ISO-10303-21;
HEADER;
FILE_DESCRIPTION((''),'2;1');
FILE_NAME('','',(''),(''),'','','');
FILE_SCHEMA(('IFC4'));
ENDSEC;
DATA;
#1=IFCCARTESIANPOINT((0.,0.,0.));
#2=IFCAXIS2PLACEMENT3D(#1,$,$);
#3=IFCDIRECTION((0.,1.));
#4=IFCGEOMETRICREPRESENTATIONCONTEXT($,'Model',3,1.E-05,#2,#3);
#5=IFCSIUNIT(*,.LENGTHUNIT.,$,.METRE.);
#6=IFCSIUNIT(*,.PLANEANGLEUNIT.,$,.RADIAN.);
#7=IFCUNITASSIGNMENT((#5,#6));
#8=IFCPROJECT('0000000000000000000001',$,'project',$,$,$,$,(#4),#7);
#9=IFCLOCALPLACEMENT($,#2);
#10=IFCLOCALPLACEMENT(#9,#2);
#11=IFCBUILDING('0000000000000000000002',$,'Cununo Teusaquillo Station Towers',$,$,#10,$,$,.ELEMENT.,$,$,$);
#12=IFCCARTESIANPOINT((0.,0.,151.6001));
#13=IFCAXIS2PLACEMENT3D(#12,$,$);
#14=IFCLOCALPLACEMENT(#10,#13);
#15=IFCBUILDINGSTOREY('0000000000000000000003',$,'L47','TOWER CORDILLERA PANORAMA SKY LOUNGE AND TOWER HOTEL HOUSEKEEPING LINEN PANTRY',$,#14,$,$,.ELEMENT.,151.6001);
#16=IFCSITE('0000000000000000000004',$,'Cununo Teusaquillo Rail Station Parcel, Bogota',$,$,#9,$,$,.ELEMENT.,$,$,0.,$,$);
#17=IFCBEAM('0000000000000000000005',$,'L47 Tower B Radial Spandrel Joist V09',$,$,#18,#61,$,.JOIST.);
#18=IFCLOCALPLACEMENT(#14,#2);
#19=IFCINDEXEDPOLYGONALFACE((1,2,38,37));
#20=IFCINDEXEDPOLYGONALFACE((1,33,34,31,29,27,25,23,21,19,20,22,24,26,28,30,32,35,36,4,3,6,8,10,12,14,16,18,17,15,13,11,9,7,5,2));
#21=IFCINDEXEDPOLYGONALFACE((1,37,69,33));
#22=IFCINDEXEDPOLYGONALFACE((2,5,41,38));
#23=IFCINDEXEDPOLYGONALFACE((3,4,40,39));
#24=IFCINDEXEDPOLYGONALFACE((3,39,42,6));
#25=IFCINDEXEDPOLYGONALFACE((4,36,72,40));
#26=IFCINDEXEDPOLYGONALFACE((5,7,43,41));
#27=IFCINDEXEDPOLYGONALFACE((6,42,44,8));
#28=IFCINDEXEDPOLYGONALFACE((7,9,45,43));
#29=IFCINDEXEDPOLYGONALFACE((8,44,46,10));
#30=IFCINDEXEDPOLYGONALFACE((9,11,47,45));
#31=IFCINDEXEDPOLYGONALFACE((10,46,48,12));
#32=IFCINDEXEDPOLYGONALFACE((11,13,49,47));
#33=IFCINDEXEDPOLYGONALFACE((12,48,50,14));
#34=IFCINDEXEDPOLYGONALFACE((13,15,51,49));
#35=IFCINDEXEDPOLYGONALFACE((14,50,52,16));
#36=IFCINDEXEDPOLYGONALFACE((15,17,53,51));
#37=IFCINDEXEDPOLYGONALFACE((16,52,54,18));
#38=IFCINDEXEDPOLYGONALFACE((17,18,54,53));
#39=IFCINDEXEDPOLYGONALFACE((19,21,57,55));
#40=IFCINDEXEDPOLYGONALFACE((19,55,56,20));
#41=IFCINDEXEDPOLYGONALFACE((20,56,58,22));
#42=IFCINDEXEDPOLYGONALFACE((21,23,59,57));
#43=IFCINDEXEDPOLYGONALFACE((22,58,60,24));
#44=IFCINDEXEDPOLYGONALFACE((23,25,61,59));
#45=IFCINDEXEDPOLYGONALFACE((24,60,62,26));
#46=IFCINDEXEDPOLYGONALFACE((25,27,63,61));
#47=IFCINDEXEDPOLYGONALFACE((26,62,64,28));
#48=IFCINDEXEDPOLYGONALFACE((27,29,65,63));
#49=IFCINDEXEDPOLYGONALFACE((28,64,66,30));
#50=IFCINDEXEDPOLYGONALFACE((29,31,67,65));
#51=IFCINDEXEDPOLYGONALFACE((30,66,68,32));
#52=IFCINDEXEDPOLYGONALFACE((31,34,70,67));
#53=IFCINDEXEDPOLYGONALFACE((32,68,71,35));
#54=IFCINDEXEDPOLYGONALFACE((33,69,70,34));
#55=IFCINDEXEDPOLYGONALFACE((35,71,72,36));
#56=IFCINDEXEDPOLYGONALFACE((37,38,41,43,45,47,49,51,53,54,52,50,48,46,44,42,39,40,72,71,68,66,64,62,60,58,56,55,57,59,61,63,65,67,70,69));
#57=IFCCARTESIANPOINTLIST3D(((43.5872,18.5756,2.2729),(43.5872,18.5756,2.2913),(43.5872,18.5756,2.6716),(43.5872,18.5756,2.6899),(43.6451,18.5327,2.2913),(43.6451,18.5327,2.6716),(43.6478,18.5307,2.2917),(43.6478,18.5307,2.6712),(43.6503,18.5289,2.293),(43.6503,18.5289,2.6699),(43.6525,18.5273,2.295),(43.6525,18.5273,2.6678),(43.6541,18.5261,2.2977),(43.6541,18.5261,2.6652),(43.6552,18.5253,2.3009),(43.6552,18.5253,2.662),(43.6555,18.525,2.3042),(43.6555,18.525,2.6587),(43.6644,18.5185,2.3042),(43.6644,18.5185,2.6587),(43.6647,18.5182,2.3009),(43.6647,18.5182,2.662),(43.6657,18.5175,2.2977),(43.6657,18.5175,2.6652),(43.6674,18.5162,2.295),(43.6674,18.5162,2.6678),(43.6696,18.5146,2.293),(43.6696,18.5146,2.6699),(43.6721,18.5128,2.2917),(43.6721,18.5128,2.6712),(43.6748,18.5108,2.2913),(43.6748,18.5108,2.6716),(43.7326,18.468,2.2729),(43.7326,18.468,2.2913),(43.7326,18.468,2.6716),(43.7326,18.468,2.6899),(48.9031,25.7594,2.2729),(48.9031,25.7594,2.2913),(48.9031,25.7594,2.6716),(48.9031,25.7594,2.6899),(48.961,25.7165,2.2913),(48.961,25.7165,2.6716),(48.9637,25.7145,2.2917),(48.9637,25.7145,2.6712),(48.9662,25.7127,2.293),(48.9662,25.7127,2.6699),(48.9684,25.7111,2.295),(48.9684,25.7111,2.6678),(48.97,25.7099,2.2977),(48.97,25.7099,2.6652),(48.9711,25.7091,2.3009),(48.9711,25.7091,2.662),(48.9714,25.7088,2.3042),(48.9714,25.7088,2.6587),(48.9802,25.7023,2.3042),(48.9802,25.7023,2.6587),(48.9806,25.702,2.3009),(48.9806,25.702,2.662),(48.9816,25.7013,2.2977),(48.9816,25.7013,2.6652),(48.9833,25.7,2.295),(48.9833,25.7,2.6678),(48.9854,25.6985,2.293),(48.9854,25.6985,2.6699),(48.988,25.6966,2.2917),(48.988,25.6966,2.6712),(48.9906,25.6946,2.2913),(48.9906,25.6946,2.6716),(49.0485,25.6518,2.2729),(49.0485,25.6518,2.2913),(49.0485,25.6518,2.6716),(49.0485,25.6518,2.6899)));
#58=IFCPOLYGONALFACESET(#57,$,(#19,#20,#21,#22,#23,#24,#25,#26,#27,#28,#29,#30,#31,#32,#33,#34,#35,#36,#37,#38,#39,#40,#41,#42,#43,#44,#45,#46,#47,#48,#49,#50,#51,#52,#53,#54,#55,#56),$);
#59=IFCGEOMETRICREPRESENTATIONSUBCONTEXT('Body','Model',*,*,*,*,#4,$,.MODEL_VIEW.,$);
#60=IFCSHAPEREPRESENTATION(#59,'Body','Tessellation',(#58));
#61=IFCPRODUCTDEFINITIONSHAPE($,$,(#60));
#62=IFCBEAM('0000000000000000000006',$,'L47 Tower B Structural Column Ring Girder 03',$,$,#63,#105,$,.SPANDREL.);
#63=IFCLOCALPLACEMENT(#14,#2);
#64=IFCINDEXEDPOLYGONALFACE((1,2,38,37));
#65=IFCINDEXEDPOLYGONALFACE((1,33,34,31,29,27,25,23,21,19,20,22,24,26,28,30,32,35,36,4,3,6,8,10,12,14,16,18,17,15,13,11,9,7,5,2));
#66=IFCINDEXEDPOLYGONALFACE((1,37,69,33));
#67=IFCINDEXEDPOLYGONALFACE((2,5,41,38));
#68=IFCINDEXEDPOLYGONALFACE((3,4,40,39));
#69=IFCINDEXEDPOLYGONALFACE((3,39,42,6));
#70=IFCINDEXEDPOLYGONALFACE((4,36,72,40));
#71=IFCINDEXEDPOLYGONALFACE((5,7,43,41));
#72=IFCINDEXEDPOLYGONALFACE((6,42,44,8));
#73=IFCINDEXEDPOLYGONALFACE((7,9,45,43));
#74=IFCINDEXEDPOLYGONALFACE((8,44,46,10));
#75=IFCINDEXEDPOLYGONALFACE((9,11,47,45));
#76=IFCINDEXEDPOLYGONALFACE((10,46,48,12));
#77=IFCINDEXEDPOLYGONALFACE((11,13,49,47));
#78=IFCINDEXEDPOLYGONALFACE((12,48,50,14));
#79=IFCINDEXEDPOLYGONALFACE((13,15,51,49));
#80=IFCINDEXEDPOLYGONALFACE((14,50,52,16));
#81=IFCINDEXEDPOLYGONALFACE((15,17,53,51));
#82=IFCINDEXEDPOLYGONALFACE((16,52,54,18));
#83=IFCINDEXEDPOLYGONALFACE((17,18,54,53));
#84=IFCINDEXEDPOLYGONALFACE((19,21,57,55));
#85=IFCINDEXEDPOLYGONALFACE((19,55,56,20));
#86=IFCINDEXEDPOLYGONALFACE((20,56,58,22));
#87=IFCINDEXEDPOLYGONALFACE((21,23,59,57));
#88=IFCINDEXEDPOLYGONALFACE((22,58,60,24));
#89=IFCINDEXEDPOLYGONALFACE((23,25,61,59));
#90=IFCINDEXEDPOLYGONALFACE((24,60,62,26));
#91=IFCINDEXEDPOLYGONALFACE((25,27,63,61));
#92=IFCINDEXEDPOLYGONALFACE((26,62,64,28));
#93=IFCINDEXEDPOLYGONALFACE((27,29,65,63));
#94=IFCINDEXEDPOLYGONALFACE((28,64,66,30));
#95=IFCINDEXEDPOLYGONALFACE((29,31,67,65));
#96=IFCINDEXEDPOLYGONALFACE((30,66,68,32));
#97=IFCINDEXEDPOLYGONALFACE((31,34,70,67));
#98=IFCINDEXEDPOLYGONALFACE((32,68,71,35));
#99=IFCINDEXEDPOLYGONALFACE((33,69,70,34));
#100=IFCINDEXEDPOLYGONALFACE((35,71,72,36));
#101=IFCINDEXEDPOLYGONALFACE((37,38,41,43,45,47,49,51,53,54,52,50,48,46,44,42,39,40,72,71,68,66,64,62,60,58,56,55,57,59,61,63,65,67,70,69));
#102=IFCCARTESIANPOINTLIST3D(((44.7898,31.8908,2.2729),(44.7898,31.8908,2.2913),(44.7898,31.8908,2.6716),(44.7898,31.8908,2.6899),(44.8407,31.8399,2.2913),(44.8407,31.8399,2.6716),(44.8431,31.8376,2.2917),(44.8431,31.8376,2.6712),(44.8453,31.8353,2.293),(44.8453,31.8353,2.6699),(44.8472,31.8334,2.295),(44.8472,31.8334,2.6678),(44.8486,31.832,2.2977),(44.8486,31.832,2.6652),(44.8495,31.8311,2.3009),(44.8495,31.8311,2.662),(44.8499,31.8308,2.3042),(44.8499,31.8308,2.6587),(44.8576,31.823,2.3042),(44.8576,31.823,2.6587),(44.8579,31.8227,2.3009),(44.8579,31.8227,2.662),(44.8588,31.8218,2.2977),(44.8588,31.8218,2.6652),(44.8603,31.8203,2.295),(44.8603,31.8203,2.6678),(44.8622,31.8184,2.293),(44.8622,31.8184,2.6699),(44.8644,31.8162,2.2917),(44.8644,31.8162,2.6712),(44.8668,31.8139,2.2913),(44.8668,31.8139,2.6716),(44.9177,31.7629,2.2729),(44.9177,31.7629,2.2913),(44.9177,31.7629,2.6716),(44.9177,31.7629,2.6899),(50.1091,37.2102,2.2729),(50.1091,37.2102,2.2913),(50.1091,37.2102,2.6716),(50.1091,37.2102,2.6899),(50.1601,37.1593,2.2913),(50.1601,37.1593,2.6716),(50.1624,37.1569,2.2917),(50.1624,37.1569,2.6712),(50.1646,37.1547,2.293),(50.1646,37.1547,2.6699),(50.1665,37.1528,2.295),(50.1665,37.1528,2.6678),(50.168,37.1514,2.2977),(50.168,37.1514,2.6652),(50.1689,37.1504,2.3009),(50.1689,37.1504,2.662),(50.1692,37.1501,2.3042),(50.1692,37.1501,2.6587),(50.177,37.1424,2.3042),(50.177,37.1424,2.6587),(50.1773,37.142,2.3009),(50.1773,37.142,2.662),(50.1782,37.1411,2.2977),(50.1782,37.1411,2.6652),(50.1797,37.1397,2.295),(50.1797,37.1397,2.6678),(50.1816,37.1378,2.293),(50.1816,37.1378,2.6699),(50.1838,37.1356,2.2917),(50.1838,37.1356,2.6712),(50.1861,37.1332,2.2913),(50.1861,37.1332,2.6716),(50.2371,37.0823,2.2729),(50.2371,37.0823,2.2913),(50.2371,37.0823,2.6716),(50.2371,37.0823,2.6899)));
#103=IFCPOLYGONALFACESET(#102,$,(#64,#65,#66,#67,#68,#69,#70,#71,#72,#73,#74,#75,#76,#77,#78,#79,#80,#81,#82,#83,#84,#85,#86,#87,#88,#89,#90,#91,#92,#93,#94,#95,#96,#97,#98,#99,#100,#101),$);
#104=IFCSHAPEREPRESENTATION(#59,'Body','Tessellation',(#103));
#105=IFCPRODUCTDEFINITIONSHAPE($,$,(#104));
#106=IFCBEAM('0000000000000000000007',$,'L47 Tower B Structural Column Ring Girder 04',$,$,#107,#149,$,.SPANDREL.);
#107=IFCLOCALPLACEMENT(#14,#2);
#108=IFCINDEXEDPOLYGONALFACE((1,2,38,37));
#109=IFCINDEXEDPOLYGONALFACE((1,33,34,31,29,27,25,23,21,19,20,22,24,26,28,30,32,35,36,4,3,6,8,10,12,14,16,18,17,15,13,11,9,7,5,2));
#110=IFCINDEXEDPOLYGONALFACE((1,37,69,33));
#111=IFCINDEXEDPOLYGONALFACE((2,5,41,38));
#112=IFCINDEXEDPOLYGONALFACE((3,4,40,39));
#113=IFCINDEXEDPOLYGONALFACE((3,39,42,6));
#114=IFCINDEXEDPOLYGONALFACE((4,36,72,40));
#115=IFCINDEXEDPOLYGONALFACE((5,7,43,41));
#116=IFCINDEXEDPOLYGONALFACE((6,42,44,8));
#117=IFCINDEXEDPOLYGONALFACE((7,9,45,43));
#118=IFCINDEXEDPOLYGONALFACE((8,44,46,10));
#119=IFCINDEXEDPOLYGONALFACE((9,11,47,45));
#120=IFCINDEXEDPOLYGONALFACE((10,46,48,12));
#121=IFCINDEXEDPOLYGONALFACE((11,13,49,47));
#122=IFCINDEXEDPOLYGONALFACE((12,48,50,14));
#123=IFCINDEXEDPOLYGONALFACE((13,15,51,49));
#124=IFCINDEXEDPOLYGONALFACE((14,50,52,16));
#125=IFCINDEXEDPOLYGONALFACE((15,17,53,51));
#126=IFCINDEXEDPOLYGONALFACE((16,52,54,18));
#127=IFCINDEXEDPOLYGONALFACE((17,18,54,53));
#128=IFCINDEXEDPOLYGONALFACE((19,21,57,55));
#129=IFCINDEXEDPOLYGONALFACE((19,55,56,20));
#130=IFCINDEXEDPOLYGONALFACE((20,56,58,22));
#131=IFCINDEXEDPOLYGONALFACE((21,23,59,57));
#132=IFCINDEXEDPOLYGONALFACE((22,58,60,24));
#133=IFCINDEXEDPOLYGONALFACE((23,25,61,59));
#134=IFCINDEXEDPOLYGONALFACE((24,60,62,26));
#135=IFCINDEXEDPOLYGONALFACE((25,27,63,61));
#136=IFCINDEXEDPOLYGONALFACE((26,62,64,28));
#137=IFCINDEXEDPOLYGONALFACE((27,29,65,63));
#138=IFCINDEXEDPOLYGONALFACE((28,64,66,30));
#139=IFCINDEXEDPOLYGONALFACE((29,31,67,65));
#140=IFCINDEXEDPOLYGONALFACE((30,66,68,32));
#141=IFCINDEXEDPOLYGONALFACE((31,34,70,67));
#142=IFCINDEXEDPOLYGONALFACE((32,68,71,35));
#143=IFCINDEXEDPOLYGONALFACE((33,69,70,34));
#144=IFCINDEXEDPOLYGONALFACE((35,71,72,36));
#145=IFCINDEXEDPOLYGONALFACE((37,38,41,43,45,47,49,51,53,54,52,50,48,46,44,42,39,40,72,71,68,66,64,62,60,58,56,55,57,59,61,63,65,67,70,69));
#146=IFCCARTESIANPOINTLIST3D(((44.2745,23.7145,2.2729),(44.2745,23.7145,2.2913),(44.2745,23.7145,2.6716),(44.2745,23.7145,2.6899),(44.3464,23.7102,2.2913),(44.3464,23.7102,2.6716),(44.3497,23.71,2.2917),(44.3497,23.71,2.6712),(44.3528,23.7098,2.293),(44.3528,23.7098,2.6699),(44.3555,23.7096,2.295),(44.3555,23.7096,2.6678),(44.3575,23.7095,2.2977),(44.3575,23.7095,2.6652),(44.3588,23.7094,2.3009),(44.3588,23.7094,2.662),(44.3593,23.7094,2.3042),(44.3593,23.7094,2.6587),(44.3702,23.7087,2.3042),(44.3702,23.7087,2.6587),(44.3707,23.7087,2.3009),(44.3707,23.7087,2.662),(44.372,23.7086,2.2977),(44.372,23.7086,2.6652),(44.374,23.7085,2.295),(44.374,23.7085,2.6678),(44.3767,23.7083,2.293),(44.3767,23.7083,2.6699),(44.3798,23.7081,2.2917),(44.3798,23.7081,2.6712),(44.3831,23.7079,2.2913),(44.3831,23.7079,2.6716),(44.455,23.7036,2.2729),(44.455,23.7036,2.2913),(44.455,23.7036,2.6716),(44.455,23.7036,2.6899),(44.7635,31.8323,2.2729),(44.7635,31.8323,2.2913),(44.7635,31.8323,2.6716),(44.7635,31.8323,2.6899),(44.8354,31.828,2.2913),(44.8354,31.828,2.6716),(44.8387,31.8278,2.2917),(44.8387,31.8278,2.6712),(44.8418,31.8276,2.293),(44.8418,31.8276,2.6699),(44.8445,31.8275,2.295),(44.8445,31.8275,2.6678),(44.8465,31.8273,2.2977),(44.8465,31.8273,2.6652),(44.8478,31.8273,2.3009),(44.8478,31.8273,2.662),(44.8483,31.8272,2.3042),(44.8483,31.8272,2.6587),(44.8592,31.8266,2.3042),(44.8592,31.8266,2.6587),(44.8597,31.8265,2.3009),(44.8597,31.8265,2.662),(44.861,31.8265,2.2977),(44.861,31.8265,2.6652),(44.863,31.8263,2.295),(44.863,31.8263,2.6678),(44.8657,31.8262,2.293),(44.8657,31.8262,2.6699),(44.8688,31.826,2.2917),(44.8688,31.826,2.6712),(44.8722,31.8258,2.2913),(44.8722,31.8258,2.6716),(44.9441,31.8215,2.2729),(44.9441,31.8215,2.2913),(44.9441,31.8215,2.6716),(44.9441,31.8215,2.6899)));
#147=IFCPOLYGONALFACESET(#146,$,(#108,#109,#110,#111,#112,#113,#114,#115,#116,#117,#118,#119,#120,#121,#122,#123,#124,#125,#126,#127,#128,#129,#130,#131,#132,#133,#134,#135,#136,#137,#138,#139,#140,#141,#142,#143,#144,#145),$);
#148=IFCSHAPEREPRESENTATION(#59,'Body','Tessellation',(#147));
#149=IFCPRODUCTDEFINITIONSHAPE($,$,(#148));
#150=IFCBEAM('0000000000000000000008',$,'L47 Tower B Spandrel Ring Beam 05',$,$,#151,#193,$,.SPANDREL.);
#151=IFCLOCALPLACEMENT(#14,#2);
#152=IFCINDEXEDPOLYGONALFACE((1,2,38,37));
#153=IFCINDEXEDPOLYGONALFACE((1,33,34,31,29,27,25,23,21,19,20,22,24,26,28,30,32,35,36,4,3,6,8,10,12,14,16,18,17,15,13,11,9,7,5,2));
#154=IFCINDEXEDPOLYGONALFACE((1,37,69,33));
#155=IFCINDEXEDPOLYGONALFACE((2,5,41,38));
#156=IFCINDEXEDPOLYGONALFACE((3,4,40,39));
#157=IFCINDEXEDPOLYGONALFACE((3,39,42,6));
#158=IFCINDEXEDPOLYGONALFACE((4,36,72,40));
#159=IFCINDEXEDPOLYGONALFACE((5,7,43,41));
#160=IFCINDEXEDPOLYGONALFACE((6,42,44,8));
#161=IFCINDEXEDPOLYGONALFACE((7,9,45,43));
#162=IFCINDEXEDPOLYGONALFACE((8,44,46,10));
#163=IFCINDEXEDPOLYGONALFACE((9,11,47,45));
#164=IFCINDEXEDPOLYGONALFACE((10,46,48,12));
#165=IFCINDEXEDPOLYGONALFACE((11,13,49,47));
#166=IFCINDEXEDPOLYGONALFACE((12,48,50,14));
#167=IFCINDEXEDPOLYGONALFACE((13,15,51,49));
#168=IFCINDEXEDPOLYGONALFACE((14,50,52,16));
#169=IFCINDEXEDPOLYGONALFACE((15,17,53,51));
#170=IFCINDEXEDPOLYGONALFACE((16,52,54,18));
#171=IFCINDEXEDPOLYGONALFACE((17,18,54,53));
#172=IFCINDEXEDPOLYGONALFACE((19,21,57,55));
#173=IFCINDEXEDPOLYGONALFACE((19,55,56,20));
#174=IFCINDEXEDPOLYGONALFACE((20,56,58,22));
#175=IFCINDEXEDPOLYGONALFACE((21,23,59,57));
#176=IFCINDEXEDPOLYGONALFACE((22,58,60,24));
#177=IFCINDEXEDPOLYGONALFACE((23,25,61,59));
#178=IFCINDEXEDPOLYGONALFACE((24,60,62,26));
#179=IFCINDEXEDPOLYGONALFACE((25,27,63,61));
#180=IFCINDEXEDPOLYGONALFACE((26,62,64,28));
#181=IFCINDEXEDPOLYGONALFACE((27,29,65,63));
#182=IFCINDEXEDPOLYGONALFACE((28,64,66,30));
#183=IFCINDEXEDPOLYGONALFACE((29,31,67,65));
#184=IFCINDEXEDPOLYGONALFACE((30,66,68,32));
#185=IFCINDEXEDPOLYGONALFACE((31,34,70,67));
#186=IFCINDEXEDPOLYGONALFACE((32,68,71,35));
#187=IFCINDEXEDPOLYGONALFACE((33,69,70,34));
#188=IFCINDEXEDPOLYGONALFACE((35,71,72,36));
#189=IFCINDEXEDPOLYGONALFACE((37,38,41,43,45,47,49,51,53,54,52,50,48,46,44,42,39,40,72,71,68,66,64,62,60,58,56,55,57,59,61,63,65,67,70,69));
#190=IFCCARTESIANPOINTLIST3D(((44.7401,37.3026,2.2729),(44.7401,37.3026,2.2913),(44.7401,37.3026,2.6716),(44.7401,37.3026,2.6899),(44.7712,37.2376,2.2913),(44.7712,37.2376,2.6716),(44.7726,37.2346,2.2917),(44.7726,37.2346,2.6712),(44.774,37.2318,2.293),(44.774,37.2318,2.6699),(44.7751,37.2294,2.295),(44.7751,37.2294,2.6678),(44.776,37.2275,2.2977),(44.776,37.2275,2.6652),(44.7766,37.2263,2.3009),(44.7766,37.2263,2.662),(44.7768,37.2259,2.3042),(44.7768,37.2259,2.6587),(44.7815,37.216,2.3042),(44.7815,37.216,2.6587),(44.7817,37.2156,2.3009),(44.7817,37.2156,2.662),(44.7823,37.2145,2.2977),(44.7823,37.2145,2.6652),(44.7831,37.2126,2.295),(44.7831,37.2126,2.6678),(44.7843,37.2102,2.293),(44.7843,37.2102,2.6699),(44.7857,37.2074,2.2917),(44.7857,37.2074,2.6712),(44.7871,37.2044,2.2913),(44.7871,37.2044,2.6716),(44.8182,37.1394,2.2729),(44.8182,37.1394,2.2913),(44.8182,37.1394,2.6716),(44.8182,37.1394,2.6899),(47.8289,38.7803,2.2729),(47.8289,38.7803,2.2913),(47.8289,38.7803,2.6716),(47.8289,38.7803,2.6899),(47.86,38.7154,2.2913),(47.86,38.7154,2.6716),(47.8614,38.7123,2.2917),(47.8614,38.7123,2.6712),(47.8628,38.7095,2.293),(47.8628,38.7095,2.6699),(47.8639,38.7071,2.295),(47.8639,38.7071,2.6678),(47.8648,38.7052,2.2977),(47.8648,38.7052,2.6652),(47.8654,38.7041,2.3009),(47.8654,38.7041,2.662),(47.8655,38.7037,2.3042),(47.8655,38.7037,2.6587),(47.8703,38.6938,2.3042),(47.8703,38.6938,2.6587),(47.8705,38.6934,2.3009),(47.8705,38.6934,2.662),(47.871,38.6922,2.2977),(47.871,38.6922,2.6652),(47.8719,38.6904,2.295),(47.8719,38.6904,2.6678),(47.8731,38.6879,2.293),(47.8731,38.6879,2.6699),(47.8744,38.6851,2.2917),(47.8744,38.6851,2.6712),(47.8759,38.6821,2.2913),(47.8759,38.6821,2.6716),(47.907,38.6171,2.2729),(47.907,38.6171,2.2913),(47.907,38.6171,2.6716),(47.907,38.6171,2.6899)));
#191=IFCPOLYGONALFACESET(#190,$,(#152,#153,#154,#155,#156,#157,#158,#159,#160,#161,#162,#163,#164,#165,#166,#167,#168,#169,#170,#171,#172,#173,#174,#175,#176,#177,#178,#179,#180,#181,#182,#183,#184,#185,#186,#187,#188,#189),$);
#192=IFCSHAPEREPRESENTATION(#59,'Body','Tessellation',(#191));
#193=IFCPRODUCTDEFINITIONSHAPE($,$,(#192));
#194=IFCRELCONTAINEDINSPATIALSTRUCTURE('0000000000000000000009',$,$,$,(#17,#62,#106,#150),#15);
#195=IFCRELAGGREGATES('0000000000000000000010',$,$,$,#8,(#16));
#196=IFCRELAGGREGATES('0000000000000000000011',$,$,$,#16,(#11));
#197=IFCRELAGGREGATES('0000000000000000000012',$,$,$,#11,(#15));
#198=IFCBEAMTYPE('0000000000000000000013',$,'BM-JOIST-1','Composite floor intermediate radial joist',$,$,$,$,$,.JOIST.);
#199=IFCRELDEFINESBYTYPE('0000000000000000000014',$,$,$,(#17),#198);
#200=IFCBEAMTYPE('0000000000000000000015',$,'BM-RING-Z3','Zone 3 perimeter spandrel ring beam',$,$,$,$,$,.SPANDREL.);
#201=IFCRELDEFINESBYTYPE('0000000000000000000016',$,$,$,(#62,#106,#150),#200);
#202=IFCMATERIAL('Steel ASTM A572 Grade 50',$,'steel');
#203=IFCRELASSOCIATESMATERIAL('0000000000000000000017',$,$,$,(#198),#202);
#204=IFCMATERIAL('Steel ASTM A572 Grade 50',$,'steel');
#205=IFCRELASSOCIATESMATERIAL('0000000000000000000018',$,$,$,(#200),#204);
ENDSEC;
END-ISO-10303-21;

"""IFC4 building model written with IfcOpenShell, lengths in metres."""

from ifc_helpers import new_model, si_unit, direction, frame, origin, origin_2d, place, context, subcontext, project, spatial, i_section, extrude, material, material_profile, profile_set, type_object, element, save


model = new_model("IFC4")

# Units and contexts
model_context = context("Model", 3, precision=1e-05, world=origin(), true_north=direction((0.0, 1.0)))
body_context = subcontext(model_context, "Body", "Model", "MODEL_VIEW")
ifc_project = project(units=[si_unit("LENGTHUNIT", "METRE"), si_unit("PLANEANGLEUNIT", "RADIAN")], contexts=[model_context])

# Site, building, storey
site_placement = place(None, origin())
site = spatial("IfcSite", under=ifc_project, at=site_placement, Name="Cununo Teusaquillo Rail Station Parcel, Bogota", CompositionType="ELEMENT", RefElevation=0.0)
building_placement = place(site_placement, origin())
building = spatial("IfcBuilding", under=site, at=building_placement, Name="Cununo Teusaquillo Station Towers", CompositionType="ELEMENT")
storey_placement = place(building_placement, frame((0.0, 0.0, 151.6001)))
storey = spatial("IfcBuildingStorey", under=building, at=storey_placement, Name="L47", Description="TOWER CORDILLERA PANORAMA SKY LOUNGE AND TOWER HOTEL HOUSEKEEPING LINEN PANTRY", CompositionType="ELEMENT", Elevation=151.6001)

# Beams
ifc_material_1 = material(Name="Steel ASTM A572 Grade 50", Category="steel")
ifc_material_profile_1 = material_profile(ifc_material_1, i_section(OverallWidth=0.1809, OverallDepth=0.417, WebThickness=0.011, FlangeThickness=0.0183, FilletRadius=0.0129, at=origin_2d()), Name="W16X57")
ifc_profile_set_1 = profile_set([ifc_material_profile_1], Name="Steel ASTM A572 Grade 50")
beam_type_1 = type_object("IfcBeamType", Name="BM-JOIST-1", Description="Composite floor intermediate radial joist", PredefinedType="JOIST", material=ifc_profile_set_1)
beam_1_placement = place(storey_placement, frame((48.9758, 25.7056, 2.4814), z_axis=(-0.594834, -0.803848, 0.0), x_axis=(0.803848, -0.594834, 0.0)))
element("IfcBeam", 1, at=beam_1_placement, inside=storey, type_object=beam_type_1, Name="L47 Tower B Radial Spandrel Joist V09", PredefinedType="JOIST", context=body_context, shape_type="SweptSolid", body=[
    extrude(i_section(OverallWidth=0.1809, OverallDepth=0.417, WebThickness=0.011, FlangeThickness=0.0183, FilletRadius=0.0129, at=origin_2d()), origin(), (0.0, 0.0, 1.0), 8.9368),
])
ifc_material_2 = material(Name="Steel ASTM A572 Grade 50", Category="steel")
ifc_material_profile_2 = material_profile(ifc_material_2, i_section(OverallWidth=0.1809, OverallDepth=0.417, WebThickness=0.011, FlangeThickness=0.0183, FilletRadius=0.0129, at=origin_2d()), Name="W16X57")
ifc_profile_set_2 = profile_set([ifc_material_profile_2], Name="Steel ASTM A572 Grade 50")
beam_type_2 = type_object("IfcBeamType", Name="BM-RING-Z3", Description="Zone 3 perimeter spandrel ring beam", PredefinedType="SPANDREL", material=ifc_profile_set_2)
beam_2_placement = place(storey_placement, frame((50.1731, 37.1462, 2.4814), z_axis=(-0.707107, -0.707107, 0.0), x_axis=(0.707107, -0.707107, 0.0)))
element("IfcBeam", 2, at=beam_2_placement, inside=storey, type_object=beam_type_2, Name="L47 Tower B Structural Column Ring Girder 03", PredefinedType="SPANDREL", context=body_context, shape_type="SweptSolid", body=[
    extrude(i_section(OverallWidth=0.1809, OverallDepth=0.417, WebThickness=0.011, FlangeThickness=0.0183, FilletRadius=0.0129, at=origin_2d()), origin(), (0.0, 0.0, 1.0), 7.5227),
])
beam_3_placement = place(storey_placement, frame((44.8538, 31.8269, 2.4814), z_axis=(-0.06013, -0.998191, 0.0), x_axis=(0.998191, -0.06013, 0.0)))
element("IfcBeam", 3, at=beam_3_placement, inside=storey, type_object=beam_type_2, Name="L47 Tower B Structural Column Ring Girder 04", PredefinedType="SPANDREL", context=body_context, shape_type="SweptSolid", body=[
    extrude(i_section(OverallWidth=0.1809, OverallDepth=0.417, WebThickness=0.011, FlangeThickness=0.0183, FilletRadius=0.0129, at=origin_2d()), origin(), (0.0, 0.0, 1.0), 8.1326),
])
for number, where, z_axis, x_axis, name in (
    (4, (47.8679, 38.6987, 2.4814), (-0.902078, -0.431574, 0.0), (0.431574, -0.902078, 0.0), "L47 Tower B Spandrel Ring Beam 05"),
):
    element("IfcBeam", number, at=place(storey_placement, frame(where, z_axis=z_axis, x_axis=x_axis)), inside=storey, type_object=beam_type_2, Name=name, PredefinedType="SPANDREL", context=body_context, shape_type="SweptSolid", body=[
        extrude(i_section(OverallWidth=0.1809, OverallDepth=0.417, WebThickness=0.011, FlangeThickness=0.0183, FilletRadius=0.0129, at=origin_2d()), origin(), (0.0, 0.0, 1.0), 3.4241),
    ])

save(model, "model.ifc")
